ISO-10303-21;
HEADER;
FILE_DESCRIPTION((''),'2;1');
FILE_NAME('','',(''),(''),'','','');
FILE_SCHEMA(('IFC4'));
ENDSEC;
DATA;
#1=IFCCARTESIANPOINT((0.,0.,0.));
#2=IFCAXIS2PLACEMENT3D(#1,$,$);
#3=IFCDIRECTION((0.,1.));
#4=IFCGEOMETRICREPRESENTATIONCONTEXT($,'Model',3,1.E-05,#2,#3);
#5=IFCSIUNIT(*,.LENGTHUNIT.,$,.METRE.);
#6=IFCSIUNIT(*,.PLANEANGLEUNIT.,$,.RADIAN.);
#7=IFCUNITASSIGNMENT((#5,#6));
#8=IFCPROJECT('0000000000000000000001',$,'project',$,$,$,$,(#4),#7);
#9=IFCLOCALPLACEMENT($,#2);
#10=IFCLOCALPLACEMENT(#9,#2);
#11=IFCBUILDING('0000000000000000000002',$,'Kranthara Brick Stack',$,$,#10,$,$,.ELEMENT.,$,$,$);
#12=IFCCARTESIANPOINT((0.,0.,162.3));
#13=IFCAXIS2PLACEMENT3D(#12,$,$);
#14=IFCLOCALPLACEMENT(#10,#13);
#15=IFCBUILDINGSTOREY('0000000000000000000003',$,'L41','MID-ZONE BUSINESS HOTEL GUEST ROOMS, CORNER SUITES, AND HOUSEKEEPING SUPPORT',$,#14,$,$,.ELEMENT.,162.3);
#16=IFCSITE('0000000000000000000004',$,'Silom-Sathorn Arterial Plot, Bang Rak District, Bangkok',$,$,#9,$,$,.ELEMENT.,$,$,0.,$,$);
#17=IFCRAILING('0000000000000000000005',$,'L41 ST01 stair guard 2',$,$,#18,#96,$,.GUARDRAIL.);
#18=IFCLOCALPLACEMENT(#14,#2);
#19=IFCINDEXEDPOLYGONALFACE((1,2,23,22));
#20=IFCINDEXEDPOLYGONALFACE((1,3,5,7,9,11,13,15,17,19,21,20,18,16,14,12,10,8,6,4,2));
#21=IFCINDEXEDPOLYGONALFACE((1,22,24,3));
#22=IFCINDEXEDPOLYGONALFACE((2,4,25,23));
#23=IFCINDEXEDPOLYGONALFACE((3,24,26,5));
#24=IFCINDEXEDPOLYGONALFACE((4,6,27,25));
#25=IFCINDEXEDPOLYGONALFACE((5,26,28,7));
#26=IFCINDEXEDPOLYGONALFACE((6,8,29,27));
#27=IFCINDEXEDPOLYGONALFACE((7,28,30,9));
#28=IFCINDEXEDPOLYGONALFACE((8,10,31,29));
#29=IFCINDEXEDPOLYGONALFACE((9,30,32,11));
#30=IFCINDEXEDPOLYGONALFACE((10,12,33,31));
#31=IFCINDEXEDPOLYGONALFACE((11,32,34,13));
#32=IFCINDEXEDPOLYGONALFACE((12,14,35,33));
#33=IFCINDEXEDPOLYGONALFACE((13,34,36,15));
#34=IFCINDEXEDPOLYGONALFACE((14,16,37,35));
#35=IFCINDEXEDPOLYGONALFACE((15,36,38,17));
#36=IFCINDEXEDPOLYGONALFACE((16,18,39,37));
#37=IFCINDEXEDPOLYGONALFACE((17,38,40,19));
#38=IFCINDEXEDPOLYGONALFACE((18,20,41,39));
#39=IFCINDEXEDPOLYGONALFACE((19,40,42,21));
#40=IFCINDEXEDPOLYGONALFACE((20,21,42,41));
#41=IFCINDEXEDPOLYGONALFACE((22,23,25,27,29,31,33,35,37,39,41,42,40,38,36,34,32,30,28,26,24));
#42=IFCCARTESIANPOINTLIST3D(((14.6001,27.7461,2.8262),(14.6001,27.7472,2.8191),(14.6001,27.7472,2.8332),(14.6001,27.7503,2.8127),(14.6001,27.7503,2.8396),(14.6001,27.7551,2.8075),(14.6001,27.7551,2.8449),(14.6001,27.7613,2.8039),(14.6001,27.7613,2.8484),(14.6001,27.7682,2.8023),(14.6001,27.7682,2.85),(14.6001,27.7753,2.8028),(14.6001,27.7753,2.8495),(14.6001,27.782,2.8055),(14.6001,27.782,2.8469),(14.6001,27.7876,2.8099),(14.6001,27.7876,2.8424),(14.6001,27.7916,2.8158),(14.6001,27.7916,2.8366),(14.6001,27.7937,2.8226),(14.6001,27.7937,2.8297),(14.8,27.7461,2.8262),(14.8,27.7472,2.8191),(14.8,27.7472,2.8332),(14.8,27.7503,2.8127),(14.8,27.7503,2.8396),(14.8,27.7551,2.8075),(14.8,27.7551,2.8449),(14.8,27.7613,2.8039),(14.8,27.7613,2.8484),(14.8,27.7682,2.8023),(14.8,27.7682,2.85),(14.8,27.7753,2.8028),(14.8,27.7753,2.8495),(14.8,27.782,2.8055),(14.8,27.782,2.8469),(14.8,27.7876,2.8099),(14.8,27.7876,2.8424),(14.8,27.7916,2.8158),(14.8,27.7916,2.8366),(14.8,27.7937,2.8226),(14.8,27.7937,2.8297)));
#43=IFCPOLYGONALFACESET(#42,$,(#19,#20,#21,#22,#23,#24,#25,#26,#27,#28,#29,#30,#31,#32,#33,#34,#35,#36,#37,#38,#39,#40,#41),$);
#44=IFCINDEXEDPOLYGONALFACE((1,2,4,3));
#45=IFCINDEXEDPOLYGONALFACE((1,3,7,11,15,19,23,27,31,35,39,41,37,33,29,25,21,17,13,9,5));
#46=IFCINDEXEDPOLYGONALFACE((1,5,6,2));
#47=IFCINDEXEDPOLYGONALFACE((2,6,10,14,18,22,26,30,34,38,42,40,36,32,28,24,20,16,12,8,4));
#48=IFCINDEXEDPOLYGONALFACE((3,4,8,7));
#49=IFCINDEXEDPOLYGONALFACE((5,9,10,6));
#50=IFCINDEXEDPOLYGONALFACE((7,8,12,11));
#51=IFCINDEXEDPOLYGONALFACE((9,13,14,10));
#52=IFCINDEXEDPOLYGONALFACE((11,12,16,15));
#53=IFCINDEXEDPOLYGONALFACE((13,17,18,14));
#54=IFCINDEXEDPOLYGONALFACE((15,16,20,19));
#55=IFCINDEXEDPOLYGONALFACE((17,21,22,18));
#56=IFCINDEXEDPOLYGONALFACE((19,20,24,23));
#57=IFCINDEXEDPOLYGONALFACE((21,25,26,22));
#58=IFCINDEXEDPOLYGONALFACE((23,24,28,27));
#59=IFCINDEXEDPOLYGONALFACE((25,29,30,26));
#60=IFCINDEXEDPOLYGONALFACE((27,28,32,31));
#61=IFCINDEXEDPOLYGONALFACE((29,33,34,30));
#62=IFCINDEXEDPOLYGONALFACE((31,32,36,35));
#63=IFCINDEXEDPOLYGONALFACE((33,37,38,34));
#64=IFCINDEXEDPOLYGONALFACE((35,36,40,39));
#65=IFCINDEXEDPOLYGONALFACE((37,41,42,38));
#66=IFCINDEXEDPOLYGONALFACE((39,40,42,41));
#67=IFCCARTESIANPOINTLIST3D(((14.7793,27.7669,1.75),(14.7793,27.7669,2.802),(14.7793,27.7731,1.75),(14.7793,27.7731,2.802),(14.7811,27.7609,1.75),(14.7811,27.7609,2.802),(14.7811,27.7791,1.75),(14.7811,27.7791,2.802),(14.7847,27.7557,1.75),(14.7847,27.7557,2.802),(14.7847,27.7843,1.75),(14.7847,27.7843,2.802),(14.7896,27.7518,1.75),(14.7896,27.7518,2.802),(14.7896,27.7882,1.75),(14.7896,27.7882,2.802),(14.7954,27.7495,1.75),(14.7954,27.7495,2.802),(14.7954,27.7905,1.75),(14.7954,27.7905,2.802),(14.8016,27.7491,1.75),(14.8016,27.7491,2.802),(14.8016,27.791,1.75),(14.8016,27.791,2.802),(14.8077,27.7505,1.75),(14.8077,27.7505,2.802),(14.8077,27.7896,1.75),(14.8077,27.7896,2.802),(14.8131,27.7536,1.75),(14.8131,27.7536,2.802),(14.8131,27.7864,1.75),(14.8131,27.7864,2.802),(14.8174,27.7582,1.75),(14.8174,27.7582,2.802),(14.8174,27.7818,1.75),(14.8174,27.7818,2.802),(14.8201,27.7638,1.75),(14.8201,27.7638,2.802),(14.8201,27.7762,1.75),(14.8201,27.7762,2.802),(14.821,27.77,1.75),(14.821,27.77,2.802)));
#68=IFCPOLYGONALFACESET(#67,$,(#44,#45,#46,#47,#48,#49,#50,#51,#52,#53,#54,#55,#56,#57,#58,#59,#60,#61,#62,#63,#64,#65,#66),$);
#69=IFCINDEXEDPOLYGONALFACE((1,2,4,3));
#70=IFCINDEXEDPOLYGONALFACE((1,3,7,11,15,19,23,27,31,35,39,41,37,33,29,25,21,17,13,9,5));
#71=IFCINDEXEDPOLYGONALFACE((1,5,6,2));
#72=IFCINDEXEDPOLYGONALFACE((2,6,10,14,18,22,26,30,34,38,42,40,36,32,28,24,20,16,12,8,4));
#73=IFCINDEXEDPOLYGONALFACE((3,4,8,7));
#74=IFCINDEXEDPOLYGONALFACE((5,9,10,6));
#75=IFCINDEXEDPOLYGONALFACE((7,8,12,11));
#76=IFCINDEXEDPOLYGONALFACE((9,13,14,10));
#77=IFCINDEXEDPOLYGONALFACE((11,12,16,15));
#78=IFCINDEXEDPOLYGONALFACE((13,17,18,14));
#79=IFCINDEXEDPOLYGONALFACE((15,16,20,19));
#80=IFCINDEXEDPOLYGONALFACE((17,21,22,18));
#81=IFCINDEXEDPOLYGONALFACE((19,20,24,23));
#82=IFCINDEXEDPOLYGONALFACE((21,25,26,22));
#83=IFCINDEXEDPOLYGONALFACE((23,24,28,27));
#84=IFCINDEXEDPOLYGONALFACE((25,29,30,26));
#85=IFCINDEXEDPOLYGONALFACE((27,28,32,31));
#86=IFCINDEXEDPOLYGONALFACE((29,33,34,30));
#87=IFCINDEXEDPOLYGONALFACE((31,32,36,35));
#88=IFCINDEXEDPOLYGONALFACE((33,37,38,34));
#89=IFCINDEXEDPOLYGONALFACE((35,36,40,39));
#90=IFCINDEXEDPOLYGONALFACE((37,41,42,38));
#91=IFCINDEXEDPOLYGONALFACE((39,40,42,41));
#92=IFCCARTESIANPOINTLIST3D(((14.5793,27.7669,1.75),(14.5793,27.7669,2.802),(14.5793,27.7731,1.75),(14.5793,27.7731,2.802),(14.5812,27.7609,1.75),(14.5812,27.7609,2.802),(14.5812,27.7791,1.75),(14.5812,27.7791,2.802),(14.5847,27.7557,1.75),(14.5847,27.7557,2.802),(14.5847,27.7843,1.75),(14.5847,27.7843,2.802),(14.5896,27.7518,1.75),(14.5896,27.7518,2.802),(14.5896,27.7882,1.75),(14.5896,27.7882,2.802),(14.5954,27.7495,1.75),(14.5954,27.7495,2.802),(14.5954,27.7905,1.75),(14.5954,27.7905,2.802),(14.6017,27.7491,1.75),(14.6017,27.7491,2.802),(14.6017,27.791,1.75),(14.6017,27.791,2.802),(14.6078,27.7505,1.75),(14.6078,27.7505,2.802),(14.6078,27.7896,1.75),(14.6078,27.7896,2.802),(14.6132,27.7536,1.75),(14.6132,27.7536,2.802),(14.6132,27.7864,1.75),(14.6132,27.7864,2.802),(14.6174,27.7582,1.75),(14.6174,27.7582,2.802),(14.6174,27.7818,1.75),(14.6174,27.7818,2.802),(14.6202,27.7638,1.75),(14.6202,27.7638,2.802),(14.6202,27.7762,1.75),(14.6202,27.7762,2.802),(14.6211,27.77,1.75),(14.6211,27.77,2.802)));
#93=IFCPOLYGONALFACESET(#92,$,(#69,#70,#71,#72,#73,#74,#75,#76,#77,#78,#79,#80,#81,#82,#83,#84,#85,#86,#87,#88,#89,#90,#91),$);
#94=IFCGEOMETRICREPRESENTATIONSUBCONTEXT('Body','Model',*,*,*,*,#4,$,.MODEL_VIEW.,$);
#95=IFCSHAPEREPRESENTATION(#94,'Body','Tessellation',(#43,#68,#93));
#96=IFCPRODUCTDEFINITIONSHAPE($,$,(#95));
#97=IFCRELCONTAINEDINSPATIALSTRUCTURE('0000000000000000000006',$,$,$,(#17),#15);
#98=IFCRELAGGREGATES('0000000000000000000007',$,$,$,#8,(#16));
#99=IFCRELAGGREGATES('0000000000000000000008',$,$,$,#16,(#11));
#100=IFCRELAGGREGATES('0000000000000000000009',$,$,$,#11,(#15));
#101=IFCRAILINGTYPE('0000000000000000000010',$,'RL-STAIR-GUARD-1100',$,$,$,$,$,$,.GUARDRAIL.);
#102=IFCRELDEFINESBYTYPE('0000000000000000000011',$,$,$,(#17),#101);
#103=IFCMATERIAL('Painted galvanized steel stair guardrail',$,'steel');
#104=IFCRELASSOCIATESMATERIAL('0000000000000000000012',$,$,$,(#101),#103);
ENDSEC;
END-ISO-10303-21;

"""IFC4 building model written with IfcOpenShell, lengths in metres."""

from ifc_helpers import new_model, si_unit, direction, frame, origin, origin_2d, place, context, subcontext, project, spatial, circle, extrude, material, type_object, element, save


model = new_model("IFC4")

# Units and contexts
model_context = context("Model", 3, precision=1e-05, world=origin(), true_north=direction((0.0, 1.0)))
body_context = subcontext(model_context, "Body", "Model", "MODEL_VIEW")
ifc_project = project(units=[si_unit("LENGTHUNIT", "METRE"), si_unit("PLANEANGLEUNIT", "RADIAN")], contexts=[model_context])

# Site, building, storey
site_placement = place(None, origin())
site = spatial("IfcSite", under=ifc_project, at=site_placement, Name="Silom-Sathorn Arterial Plot, Bang Rak District, Bangkok", CompositionType="ELEMENT", RefElevation=0.0)
building_placement = place(site_placement, origin())
building = spatial("IfcBuilding", under=site, at=building_placement, Name="Kranthara Brick Stack", CompositionType="ELEMENT")
storey_placement = place(building_placement, frame((0.0, 0.0, 162.3)))
storey = spatial("IfcBuildingStorey", under=building, at=storey_placement, Name="L41", Description="MID-ZONE BUSINESS HOTEL GUEST ROOMS, CORNER SUITES, AND HOUSEKEEPING SUPPORT", CompositionType="ELEMENT", Elevation=162.3)

# Railing
ifc_material_1 = material(Name="Painted galvanized steel stair guardrail", Category="steel")
railing_type_1 = type_object("IfcRailingType", Name="RL-STAIR-GUARD-1100", PredefinedType="GUARDRAIL", material=ifc_material_1)
railing_1_placement = place(storey_placement, frame((14.8, 27.77, 1.75)))
element("IfcRailing", 1, at=railing_1_placement, inside=storey, type_object=railing_type_1, Name="L41 ST01 stair guard 2", PredefinedType="GUARDRAIL", context=body_context, shape_type="SweptSolid", body=[
    extrude(circle(Radius=0.0239, at=origin_2d()), frame((0.0, 0.0, 1.0762), z_axis=(-1.0, 0.0, 0.0), x_axis=(0.0, -1.0, 0.0)), (0.0, 0.0, 1.0), 0.2),
    extrude(circle(Radius=0.021, at=origin_2d()), origin(), (0.0, 0.0, 1.0), 1.052),
    extrude(circle(Radius=0.021, at=origin_2d()), frame((-0.2, 0.0, 0.0)), (0.0, 0.0, 1.0), 1.052),
])

save(model, "model.ifc")
